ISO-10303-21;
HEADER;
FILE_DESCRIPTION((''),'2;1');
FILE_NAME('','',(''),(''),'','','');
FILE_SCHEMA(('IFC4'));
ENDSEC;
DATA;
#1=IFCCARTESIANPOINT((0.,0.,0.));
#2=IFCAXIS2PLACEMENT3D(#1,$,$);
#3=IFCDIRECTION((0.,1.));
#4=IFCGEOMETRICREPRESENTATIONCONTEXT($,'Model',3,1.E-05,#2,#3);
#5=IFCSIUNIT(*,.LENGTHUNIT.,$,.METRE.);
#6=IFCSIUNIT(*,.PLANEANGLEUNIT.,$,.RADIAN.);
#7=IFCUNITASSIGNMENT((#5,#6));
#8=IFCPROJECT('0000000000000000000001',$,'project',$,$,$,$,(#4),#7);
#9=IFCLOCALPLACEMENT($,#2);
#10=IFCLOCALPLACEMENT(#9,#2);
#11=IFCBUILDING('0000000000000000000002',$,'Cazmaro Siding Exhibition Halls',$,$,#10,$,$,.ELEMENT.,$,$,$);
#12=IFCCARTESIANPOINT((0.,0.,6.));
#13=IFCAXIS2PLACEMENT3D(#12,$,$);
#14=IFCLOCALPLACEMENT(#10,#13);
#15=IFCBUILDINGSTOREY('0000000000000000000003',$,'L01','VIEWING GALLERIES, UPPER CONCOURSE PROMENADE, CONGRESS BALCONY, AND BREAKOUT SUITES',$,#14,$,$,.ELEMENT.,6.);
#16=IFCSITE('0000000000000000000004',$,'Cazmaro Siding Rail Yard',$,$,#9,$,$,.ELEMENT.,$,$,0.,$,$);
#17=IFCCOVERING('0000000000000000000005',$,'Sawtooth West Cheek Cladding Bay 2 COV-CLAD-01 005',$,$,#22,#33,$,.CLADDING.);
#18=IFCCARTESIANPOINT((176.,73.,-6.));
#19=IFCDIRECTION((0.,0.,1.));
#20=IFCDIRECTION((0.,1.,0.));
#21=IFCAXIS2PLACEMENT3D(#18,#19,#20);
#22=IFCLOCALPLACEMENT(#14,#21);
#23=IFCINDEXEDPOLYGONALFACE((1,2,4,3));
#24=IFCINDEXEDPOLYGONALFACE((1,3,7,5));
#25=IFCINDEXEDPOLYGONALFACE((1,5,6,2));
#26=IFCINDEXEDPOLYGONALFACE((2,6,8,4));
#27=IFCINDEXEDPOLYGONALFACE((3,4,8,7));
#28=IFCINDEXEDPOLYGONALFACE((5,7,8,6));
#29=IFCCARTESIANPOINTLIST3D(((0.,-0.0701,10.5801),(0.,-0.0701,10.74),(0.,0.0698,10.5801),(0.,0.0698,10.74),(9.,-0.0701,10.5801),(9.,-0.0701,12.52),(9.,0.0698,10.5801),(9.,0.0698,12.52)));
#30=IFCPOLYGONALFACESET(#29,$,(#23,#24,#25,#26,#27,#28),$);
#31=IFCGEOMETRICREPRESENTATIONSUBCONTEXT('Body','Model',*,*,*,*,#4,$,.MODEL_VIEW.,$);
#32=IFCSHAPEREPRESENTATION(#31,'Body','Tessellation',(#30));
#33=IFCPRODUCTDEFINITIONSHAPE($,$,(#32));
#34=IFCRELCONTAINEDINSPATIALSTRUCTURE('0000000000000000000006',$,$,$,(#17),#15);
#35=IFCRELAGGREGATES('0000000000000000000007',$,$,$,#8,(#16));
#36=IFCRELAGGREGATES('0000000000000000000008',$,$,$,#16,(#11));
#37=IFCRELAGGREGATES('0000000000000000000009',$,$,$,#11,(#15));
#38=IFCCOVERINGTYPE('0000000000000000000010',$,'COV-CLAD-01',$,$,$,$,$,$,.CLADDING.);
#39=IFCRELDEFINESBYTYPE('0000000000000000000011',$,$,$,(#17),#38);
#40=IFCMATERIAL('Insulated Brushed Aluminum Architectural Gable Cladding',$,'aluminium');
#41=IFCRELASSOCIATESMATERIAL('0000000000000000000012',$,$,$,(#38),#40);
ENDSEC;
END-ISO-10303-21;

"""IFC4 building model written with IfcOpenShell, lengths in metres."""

from ifc_helpers import new_model, si_unit, direction, frame, origin, place, context, subcontext, project, spatial, polyline, outline, extrude, material, type_object, element, save


model = new_model("IFC4")

# Units and contexts
model_context = context("Model", 3, precision=1e-05, world=origin(), true_north=direction((0.0, 1.0)))
body_context = subcontext(model_context, "Body", "Model", "MODEL_VIEW")
ifc_project = project(units=[si_unit("LENGTHUNIT", "METRE"), si_unit("PLANEANGLEUNIT", "RADIAN")], contexts=[model_context])

# Site, building, storey
site_placement = place(None, origin())
site = spatial("IfcSite", under=ifc_project, at=site_placement, Name="Cazmaro Siding Rail Yard", CompositionType="ELEMENT", RefElevation=0.0)
building_placement = place(site_placement, origin())
building = spatial("IfcBuilding", under=site, at=building_placement, Name="Cazmaro Siding Exhibition Halls", CompositionType="ELEMENT")
storey_placement = place(building_placement, frame((0.0, 0.0, 6.0)))
storey = spatial("IfcBuildingStorey", under=building, at=storey_placement, Name="L01", Description="VIEWING GALLERIES, UPPER CONCOURSE PROMENADE, CONGRESS BALCONY, AND BREAKOUT SUITES", CompositionType="ELEMENT", Elevation=6.0)

# Covering
ifc_material_1 = material(Name="Insulated Brushed Aluminum Architectural Gable Cladding", Category="aluminium")
covering_type = type_object("IfcCoveringType", Name="COV-CLAD-01", PredefinedType="CLADDING", material=ifc_material_1)
covering_placement = place(storey_placement, frame((176.0, 73.0, -6.0), z_axis=(0.0, 0.0, 1.0), x_axis=(0.0, 1.0, 0.0)))
element("IfcCovering", 1, at=covering_placement, inside=storey, type_object=covering_type, Name="Sawtooth West Cheek Cladding Bay 2 COV-CLAD-01 005", PredefinedType="CLADDING", context=body_context, shape_type="SweptSolid", body=[
    extrude(outline(polyline([(0.0, 10.5801), (9.0, 10.5801), (9.0, 12.52), (0.0, 10.74), (0.0, 10.5801)])), frame((0.0, 0.0698, 0.0), z_axis=(0.0, -1.0, 0.0), x_axis=(1.0, 0.0, 0.0)), (0.0, 0.0, 1.0), 0.1399),
])

save(model, "model.ifc")
